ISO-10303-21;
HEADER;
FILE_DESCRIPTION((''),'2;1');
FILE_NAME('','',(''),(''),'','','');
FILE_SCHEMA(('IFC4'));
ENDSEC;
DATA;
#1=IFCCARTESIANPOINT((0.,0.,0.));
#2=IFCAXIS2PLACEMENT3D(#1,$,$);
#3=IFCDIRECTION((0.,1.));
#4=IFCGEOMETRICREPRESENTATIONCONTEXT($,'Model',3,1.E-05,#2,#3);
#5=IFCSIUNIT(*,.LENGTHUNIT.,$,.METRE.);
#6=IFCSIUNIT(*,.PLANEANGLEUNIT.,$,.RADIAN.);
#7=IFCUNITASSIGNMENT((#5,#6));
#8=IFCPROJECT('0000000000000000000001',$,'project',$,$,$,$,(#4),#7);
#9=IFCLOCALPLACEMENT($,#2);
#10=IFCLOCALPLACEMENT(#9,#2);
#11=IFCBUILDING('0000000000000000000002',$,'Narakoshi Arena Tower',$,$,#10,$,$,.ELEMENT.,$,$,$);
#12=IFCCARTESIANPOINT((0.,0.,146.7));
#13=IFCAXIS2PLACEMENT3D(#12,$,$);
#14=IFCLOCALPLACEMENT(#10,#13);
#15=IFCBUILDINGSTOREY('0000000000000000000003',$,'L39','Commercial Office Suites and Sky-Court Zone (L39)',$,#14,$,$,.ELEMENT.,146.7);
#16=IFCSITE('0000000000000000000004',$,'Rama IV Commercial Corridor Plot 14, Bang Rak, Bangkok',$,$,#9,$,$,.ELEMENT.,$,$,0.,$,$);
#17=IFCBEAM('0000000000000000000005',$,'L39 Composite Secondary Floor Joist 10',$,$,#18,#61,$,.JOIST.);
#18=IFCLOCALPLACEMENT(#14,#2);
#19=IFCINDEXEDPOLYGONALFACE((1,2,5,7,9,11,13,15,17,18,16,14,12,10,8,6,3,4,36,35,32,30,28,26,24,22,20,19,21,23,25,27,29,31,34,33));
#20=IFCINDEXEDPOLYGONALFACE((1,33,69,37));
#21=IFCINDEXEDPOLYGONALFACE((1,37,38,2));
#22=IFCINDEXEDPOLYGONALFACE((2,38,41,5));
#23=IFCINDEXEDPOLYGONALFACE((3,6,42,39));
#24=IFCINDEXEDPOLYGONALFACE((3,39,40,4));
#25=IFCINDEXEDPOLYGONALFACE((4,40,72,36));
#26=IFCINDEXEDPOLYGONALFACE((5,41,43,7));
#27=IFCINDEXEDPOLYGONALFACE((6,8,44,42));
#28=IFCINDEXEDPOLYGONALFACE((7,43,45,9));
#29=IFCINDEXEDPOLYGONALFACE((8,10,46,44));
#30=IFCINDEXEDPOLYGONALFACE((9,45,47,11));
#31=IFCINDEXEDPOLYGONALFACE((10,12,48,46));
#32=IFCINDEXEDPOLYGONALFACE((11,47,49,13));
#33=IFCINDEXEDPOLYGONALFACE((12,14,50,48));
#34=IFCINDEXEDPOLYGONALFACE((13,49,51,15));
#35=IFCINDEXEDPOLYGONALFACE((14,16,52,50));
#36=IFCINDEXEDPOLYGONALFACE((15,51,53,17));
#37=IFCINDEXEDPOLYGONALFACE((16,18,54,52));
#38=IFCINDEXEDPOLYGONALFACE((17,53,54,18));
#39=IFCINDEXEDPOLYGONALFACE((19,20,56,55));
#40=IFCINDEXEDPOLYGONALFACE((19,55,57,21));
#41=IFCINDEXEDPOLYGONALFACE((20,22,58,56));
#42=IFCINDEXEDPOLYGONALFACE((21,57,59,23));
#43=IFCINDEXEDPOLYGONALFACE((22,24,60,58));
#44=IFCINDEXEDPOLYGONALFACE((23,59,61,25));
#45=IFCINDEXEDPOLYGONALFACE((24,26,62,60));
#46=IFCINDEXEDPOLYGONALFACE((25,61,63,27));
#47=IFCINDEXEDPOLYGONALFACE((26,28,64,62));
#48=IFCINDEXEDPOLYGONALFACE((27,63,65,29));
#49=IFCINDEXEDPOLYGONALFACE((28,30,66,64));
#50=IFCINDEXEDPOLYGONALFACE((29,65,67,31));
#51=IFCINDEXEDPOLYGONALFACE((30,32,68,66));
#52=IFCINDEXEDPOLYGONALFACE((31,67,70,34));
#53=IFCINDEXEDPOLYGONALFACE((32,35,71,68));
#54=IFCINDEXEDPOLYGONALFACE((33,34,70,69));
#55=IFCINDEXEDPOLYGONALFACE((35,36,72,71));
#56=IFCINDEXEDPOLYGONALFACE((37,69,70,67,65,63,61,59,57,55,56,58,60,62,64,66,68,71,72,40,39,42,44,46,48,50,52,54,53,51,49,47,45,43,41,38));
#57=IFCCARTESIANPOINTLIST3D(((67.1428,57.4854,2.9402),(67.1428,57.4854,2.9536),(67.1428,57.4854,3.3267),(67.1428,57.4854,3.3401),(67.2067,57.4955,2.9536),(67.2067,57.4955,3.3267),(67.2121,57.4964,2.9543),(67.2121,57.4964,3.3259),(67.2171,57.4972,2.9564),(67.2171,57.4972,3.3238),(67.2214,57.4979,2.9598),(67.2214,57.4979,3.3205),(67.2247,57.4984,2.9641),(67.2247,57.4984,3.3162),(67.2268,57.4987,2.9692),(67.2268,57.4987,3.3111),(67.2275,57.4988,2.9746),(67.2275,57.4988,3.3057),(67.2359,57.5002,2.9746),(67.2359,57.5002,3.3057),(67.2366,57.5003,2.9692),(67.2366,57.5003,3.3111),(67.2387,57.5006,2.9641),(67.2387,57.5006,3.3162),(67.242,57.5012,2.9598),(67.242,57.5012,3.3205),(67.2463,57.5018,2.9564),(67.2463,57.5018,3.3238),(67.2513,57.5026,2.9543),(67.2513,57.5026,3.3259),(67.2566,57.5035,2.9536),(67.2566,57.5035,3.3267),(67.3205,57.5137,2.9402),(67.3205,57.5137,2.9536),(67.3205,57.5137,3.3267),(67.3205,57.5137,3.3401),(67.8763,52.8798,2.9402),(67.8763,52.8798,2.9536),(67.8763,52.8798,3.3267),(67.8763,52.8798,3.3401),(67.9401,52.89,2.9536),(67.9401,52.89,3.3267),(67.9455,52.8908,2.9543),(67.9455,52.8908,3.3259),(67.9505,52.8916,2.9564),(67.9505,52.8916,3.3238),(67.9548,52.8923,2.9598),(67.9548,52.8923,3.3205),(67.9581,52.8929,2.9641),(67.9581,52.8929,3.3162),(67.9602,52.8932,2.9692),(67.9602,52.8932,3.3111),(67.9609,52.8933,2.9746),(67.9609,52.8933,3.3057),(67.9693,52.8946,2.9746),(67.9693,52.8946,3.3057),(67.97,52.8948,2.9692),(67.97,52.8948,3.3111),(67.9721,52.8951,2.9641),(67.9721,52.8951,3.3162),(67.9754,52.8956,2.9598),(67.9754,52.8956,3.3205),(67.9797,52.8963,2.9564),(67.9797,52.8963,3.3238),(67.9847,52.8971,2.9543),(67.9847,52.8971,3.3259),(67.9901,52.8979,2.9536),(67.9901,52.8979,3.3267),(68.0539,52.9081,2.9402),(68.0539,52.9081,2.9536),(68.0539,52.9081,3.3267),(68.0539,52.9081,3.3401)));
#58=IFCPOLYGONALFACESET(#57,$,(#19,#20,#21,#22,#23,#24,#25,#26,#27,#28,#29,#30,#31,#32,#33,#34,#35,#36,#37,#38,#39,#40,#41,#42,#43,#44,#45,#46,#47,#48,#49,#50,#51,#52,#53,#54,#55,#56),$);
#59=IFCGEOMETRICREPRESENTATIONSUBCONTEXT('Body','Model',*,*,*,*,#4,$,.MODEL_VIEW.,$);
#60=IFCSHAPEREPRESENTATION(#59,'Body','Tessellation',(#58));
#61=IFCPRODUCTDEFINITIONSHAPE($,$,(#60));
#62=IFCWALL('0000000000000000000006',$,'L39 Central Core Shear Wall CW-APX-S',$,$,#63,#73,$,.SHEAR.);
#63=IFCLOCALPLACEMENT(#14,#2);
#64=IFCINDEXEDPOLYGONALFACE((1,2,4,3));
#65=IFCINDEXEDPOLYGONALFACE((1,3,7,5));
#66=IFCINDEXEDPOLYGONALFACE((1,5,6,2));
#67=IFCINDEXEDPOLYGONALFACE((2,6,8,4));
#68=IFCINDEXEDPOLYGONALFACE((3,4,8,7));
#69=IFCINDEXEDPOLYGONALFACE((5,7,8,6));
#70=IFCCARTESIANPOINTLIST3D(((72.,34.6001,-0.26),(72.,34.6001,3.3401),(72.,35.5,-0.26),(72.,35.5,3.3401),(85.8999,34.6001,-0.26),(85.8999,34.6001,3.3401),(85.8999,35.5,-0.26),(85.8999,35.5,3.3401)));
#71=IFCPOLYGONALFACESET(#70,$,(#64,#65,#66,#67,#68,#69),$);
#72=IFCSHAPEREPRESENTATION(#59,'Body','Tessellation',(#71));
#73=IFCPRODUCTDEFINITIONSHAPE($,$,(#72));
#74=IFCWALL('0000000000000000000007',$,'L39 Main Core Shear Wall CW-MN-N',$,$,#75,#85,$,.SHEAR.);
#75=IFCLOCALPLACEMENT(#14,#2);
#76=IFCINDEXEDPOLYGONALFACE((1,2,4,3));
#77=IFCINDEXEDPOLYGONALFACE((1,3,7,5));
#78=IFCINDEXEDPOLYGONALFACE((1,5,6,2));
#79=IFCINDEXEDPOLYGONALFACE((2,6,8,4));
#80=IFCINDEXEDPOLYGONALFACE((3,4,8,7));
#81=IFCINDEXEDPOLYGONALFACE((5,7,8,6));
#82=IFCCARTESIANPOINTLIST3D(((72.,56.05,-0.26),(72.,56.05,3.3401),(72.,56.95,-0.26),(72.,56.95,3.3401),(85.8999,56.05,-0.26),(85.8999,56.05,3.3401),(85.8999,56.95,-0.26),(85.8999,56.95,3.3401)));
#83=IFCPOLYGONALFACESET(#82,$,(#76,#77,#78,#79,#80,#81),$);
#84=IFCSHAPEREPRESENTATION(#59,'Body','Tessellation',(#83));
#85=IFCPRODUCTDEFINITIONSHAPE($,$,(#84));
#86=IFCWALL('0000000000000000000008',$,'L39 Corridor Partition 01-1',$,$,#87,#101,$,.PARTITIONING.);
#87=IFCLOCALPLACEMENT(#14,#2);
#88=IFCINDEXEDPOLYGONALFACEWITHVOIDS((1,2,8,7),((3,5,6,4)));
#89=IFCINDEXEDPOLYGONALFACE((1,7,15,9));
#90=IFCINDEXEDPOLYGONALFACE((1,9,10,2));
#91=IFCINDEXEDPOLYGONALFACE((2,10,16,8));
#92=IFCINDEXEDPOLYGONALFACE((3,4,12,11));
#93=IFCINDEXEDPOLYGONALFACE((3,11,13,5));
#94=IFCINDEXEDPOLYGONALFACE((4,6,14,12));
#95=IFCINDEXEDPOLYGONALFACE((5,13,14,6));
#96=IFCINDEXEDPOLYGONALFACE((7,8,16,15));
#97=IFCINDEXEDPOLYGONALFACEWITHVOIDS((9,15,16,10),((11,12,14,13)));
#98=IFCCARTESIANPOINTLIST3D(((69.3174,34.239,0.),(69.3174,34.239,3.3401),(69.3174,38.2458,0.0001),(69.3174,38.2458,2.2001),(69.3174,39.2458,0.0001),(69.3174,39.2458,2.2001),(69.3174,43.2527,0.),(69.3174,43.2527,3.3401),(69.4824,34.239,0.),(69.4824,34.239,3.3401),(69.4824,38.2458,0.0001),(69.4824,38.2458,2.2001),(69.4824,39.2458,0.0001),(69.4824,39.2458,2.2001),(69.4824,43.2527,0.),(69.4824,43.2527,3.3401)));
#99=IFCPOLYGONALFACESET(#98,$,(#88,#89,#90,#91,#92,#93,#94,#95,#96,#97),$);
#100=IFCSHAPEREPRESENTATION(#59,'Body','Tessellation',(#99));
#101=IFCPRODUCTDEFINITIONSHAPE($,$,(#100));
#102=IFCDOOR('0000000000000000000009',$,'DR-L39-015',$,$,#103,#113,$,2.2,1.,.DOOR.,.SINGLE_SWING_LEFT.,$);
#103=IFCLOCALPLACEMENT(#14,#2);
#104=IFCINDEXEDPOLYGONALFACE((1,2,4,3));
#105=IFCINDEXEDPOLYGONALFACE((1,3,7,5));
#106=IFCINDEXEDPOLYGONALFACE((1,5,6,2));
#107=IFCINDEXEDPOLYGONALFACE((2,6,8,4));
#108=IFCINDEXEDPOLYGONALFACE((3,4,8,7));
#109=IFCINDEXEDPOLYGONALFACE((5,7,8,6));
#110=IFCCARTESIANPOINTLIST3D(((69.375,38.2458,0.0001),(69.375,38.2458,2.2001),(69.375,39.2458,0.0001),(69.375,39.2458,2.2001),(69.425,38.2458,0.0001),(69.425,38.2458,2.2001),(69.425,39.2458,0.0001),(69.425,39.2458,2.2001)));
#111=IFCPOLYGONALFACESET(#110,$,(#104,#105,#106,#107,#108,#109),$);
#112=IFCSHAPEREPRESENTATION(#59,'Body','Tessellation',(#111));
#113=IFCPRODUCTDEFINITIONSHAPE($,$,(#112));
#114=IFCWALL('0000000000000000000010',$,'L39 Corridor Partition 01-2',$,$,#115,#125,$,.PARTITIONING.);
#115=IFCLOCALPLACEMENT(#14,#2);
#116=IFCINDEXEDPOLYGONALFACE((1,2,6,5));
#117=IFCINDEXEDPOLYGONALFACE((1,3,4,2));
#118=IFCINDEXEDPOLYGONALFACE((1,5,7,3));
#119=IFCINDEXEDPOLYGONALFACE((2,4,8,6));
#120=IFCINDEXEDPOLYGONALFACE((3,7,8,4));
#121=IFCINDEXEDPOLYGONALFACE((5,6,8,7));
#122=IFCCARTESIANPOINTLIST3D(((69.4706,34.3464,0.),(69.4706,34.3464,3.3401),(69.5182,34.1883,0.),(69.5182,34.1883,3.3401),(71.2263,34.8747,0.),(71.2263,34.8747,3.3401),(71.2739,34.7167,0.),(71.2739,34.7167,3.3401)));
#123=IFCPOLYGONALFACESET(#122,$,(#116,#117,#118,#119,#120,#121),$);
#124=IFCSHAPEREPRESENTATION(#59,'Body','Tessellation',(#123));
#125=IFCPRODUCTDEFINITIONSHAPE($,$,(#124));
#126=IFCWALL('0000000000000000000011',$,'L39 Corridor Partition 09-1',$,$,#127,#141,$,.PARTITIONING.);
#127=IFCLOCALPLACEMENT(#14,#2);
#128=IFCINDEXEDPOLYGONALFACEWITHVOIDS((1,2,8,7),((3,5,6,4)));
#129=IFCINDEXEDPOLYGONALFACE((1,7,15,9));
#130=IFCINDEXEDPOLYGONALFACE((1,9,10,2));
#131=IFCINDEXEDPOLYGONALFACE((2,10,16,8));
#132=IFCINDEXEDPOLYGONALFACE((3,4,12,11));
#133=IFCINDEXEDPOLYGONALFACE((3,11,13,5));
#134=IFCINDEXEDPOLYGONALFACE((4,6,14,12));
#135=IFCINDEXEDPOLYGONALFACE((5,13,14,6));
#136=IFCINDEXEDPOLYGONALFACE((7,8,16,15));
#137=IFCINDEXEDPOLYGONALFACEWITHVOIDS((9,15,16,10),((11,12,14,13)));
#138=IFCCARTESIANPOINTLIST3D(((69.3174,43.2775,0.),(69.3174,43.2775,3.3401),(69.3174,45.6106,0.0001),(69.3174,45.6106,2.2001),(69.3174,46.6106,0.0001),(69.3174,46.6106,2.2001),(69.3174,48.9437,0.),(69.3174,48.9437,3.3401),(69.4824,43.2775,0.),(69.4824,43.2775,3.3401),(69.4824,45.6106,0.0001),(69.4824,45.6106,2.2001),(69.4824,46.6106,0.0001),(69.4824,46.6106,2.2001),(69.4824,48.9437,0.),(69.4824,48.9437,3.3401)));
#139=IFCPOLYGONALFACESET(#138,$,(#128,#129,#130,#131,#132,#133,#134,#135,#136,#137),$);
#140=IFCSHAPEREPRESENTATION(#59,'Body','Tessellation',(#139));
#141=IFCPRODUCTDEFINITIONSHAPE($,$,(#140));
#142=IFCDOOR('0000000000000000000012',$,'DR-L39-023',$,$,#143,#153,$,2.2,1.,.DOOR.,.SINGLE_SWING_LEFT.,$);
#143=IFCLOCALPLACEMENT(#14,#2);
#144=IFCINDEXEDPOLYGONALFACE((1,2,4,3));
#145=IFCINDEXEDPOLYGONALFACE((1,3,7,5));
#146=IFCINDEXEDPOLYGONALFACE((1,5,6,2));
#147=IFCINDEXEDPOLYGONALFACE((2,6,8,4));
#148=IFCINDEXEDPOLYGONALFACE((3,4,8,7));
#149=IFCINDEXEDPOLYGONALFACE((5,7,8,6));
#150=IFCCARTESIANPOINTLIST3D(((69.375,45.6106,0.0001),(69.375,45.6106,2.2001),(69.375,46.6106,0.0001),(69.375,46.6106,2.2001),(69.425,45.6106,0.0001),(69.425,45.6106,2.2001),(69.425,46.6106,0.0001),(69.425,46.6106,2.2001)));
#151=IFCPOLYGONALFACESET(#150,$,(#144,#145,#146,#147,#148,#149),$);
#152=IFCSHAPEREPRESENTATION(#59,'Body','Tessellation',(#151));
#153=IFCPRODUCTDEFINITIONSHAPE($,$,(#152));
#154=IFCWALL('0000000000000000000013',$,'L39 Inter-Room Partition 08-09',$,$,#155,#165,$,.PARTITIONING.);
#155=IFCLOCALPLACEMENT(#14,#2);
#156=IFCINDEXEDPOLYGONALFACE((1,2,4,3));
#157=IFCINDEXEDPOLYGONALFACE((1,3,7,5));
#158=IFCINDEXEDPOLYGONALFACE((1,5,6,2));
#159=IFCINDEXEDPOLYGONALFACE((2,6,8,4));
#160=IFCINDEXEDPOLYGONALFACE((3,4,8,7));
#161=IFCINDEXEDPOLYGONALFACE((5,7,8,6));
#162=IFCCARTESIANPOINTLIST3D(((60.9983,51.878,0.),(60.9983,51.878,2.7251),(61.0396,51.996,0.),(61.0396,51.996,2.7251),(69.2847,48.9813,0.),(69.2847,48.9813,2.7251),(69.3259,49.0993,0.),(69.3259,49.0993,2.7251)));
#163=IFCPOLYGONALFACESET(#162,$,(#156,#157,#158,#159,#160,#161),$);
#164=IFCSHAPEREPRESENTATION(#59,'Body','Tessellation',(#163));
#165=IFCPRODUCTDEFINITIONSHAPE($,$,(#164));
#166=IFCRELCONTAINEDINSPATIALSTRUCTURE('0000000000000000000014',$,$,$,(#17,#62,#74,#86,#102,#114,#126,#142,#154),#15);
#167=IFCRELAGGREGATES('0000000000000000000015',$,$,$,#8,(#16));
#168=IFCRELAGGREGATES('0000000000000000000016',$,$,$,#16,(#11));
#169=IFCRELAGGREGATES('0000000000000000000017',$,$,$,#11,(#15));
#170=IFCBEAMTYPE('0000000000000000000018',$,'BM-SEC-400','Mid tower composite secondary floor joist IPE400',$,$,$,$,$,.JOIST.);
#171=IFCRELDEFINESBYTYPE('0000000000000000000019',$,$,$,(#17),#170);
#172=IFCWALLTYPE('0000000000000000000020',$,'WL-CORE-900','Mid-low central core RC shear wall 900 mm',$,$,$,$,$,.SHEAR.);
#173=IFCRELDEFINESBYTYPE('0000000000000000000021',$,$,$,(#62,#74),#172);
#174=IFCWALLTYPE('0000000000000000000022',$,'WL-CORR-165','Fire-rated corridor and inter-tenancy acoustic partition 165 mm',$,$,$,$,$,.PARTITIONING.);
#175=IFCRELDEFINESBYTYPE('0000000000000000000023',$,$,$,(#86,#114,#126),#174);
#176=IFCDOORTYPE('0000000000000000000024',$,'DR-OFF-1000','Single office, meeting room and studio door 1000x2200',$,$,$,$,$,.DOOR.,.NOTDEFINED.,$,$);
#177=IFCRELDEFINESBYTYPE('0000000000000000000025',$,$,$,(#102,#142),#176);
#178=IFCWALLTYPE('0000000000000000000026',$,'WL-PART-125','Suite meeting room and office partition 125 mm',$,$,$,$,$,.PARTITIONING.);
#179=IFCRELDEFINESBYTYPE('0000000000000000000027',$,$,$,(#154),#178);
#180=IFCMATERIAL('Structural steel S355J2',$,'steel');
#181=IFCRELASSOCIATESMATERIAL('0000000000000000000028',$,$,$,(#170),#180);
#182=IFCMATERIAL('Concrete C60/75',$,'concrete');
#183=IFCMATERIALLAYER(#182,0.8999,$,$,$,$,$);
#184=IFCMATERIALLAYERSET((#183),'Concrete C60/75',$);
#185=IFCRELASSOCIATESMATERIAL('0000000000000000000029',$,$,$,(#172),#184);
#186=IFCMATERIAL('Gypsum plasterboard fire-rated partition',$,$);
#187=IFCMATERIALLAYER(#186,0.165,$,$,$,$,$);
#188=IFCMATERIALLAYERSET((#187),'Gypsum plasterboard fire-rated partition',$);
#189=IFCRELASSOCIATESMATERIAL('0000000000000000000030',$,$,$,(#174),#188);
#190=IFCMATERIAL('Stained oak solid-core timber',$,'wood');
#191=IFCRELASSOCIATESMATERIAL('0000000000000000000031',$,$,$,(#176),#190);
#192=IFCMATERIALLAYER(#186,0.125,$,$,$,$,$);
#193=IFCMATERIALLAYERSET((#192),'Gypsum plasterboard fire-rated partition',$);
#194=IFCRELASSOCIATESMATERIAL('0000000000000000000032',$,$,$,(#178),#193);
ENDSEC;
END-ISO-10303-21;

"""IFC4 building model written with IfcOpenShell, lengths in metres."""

from ifc_helpers import new_model, si_unit, direction, frame, frame_2d, origin, origin_2d, place, context, subcontext, project, spatial, rectangle, i_section, extrude, material, layer, layer_set, material_profile, profile_set, type_object, element, fill, save


model = new_model("IFC4")

# Units and contexts
model_context = context("Model", 3, precision=1e-05, world=origin(), true_north=direction((0.0, 1.0)))
body_context = subcontext(model_context, "Body", "Model", "MODEL_VIEW")
ifc_project = project(units=[si_unit("LENGTHUNIT", "METRE"), si_unit("PLANEANGLEUNIT", "RADIAN")], contexts=[model_context])

# Site, building, storey
site_placement = place(None, origin())
site = spatial("IfcSite", under=ifc_project, at=site_placement, Name="Rama IV Commercial Corridor Plot 14, Bang Rak, Bangkok", CompositionType="ELEMENT", RefElevation=0.0)
building_placement = place(site_placement, origin())
building = spatial("IfcBuilding", under=site, at=building_placement, Name="Narakoshi Arena Tower", CompositionType="ELEMENT")
storey_placement = place(building_placement, frame((0.0, 0.0, 146.7)))
storey = spatial("IfcBuildingStorey", under=building, at=storey_placement, Name="L39", Description="Commercial Office Suites and Sky-Court Zone (L39)", CompositionType="ELEMENT", Elevation=146.7)

# Shared definitions
ifc_material_1 = material(Name="Concrete C60/75", Category="concrete")

# Beam
ifc_material_2 = material(Name="Structural steel S355J2", Category="steel")
ifc_material_profile_1 = material_profile(ifc_material_2, i_section(OverallWidth=0.1799, OverallDepth=0.3999, WebThickness=0.0085, FlangeThickness=0.0134, FilletRadius=0.021, at=origin_2d()), Name="IPE400")
ifc_profile_set_1 = profile_set([ifc_material_profile_1], Name="Structural steel S355J2")
beam_type_1 = type_object("IfcBeamType", Name="BM-SEC-400", Description="Mid tower composite secondary floor joist IPE400", PredefinedType="JOIST", material=ifc_profile_set_1)
beam_1_placement = place(storey_placement, frame((67.2317, 57.4995, 3.1401), z_axis=(0.157264, -0.987557, 0.0), x_axis=(0.987557, 0.157264, 0.0)))
element("IfcBeam", 1, at=beam_1_placement, inside=storey, type_object=beam_type_1, Name="L39 Composite Secondary Floor Joist 10", PredefinedType="JOIST", context=body_context, shape_type="SweptSolid", body=[
    extrude(i_section(OverallWidth=0.1799, OverallDepth=0.3999, WebThickness=0.0085, FlangeThickness=0.0134, FilletRadius=0.021, at=origin_2d()), origin(), (0.0, 0.0, 1.0), 4.6636),
])

# Walls
ifc_layer_1 = layer(ifc_material_1, 0.8999)
ifc_layer_set_1 = layer_set([ifc_layer_1], Name="Concrete C60/75")
wall_type_1 = type_object("IfcWallType", Name="WL-CORE-900", Description="Mid-low central core RC shear wall 900 mm", PredefinedType="SHEAR", material=ifc_layer_set_1)
for number, where, z_axis, x_axis, name in (
    (2, (72.0, 35.05, -0.26), (0.0, 0.0, 1.0), (1.0, 0.0, 0.0), "L39 Central Core Shear Wall CW-APX-S"),
    (3, (72.0, 56.5, -0.26), (0.0, 0.0, 1.0), (1.0, 0.0, 0.0), "L39 Main Core Shear Wall CW-MN-N"),
):
    element("IfcWall", number, at=place(storey_placement, frame(where, z_axis=z_axis, x_axis=x_axis)), inside=storey, type_object=wall_type_1, Name=name, PredefinedType="SHEAR", context=body_context, shape_type="SweptSolid", body=[
        extrude(rectangle(XDim=13.8999, YDim=0.8999, at=frame_2d((6.95, 0.0))), origin(), (0.0, 0.0, 1.0), 3.6001),
    ])

# Wall, opening, door
ifc_material_3 = material(Name="Gypsum plasterboard fire-rated partition")
ifc_layer_2 = layer(ifc_material_3, 0.165)
ifc_layer_set_2 = layer_set([ifc_layer_2], Name="Gypsum plasterboard fire-rated partition")
wall_type_2 = type_object("IfcWallType", Name="WL-CORR-165", Description="Fire-rated corridor and inter-tenancy acoustic partition 165 mm", PredefinedType="PARTITIONING", material=ifc_layer_set_2)
wall_1_placement = place(storey_placement, frame((69.3999, 43.2527, 0.0), z_axis=(0.0, 0.0, 1.0), x_axis=(0.0, -1.0, 0.0)))
wall_1 = element("IfcWall", 4, at=wall_1_placement, inside=storey, type_object=wall_type_2, Name="L39 Corridor Partition 01-1", PredefinedType="PARTITIONING", context=body_context, shape_type="SweptSolid", body=[
    extrude(rectangle(XDim=9.0137, YDim=0.165, at=frame_2d((4.5068, 0.0))), origin(), (0.0, 0.0, 1.0), 3.3401),
])
opening_1_placement = place(wall_1_placement, frame((4.0068, 0.0, 0.0)))
opening_1 = element("IfcOpeningElement", 5, at=opening_1_placement, cuts=wall_1, PredefinedType="OPENING", context=body_context, shape_type="SweptSolid", body=[
    extrude(rectangle(XDim=1.0, YDim=2.2, at=frame_2d((0.5, 1.1001))), frame((0.0, 0.0925, 0.0), z_axis=(0.0, -1.0, 0.0), x_axis=(1.0, 0.0, 0.0)), (0.0, 0.0, 1.0), 0.1851),
])
ifc_material_4 = material(Name="Stained oak solid-core timber", Category="wood")
door_type = type_object("IfcDoorType", Name="DR-OFF-1000", Description="Single office, meeting room and studio door 1000x2200", OperationType="NOTDEFINED", PredefinedType="DOOR", material=ifc_material_4)
door_1_placement = place(opening_1_placement, frame((1.0, 0.0, 0.0), z_axis=(0.0, 0.0, 1.0), x_axis=(-1.0, 0.0, 0.0)))
door_1 = element("IfcDoor", 6, at=door_1_placement, inside=storey, type_object=door_type, Name="DR-L39-015", OperationType="SINGLE_SWING_LEFT", OverallHeight=2.2, OverallWidth=1.0, PredefinedType="DOOR", context=body_context, shape_type="SweptSolid", body=[
    extrude(rectangle(XDim=1.0, YDim=2.2, at=frame_2d((0.5, 1.1001))), frame((0.0, 0.0249, 0.0), z_axis=(0.0, -1.0, 0.0), x_axis=(1.0, 0.0, 0.0)), (0.0, 0.0, 1.0), 0.05),
])
fill(opening_1, door_1)

# Wall
wall_2_placement = place(storey_placement, frame((69.4944, 34.2673, 0.0), z_axis=(0.0, 0.0, 1.0), x_axis=(0.95758, 0.288166, 0.0)))
element("IfcWall", 7, at=wall_2_placement, inside=storey, type_object=wall_type_2, Name="L39 Corridor Partition 01-2", PredefinedType="PARTITIONING", context=body_context, shape_type="SweptSolid", body=[
    extrude(rectangle(XDim=1.8335, YDim=0.165, at=frame_2d((0.9167, 0.0))), origin(), (0.0, 0.0, 1.0), 3.3401),
])

# Wall, opening, door
wall_3_placement = place(storey_placement, frame((69.3999, 48.9436, 0.0), z_axis=(0.0, 0.0, 1.0), x_axis=(0.0, -1.0, 0.0)))
wall_3 = element("IfcWall", 8, at=wall_3_placement, inside=storey, type_object=wall_type_2, Name="L39 Corridor Partition 09-1", PredefinedType="PARTITIONING", context=body_context, shape_type="SweptSolid", body=[
    extrude(rectangle(XDim=5.6663, YDim=0.165, at=frame_2d((2.833, 0.0))), origin(), (0.0, 0.0, 1.0), 3.3401),
])
opening_2_placement = place(wall_3_placement, frame((2.333, 0.0, 0.0)))
opening_2 = element("IfcOpeningElement", 9, at=opening_2_placement, cuts=wall_3, PredefinedType="OPENING", context=body_context, shape_type="SweptSolid", body=[
    extrude(rectangle(XDim=1.0, YDim=2.2, at=frame_2d((0.5, 1.1001))), frame((0.0, 0.0925, 0.0), z_axis=(0.0, -1.0, 0.0), x_axis=(1.0, 0.0, 0.0)), (0.0, 0.0, 1.0), 0.1851),
])
door_2_placement = place(opening_2_placement, frame((1.0, 0.0, 0.0), z_axis=(0.0, 0.0, 1.0), x_axis=(-1.0, 0.0, 0.0)))
door_2 = element("IfcDoor", 10, at=door_2_placement, inside=storey, type_object=door_type, Name="DR-L39-023", OperationType="SINGLE_SWING_LEFT", OverallHeight=2.2, OverallWidth=1.0, PredefinedType="DOOR", context=body_context, shape_type="SweptSolid", body=[
    extrude(rectangle(XDim=1.0, YDim=2.2, at=frame_2d((0.5, 1.1001))), frame((0.0, 0.0249, 0.0), z_axis=(0.0, -1.0, 0.0), x_axis=(1.0, 0.0, 0.0)), (0.0, 0.0, 1.0), 0.05),
])
fill(opening_2, door_2)

# Wall
ifc_layer_3 = layer(ifc_material_3, 0.125)
ifc_layer_set_3 = layer_set([ifc_layer_3], Name="Gypsum plasterboard fire-rated partition")
wall_type_3 = type_object("IfcWallType", Name="WL-PART-125", Description="Suite meeting room and office partition 125 mm", PredefinedType="PARTITIONING", material=ifc_layer_set_3)
wall_4_placement = place(storey_placement, frame((69.3054, 49.0403, 0.0), z_axis=(0.0, 0.0, 1.0), x_axis=(-0.943983, 0.329995, 0.0)))
element("IfcWall", 11, at=wall_4_placement, inside=storey, type_object=wall_type_3, Name="L39 Inter-Room Partition 08-09", PredefinedType="PARTITIONING", context=body_context, shape_type="SweptSolid", body=[
    extrude(rectangle(XDim=8.7781, YDim=0.125, at=frame_2d((4.3892, 0.0))), origin(), (0.0, 0.0, 1.0), 2.7251),
])

save(model, "model.ifc")
